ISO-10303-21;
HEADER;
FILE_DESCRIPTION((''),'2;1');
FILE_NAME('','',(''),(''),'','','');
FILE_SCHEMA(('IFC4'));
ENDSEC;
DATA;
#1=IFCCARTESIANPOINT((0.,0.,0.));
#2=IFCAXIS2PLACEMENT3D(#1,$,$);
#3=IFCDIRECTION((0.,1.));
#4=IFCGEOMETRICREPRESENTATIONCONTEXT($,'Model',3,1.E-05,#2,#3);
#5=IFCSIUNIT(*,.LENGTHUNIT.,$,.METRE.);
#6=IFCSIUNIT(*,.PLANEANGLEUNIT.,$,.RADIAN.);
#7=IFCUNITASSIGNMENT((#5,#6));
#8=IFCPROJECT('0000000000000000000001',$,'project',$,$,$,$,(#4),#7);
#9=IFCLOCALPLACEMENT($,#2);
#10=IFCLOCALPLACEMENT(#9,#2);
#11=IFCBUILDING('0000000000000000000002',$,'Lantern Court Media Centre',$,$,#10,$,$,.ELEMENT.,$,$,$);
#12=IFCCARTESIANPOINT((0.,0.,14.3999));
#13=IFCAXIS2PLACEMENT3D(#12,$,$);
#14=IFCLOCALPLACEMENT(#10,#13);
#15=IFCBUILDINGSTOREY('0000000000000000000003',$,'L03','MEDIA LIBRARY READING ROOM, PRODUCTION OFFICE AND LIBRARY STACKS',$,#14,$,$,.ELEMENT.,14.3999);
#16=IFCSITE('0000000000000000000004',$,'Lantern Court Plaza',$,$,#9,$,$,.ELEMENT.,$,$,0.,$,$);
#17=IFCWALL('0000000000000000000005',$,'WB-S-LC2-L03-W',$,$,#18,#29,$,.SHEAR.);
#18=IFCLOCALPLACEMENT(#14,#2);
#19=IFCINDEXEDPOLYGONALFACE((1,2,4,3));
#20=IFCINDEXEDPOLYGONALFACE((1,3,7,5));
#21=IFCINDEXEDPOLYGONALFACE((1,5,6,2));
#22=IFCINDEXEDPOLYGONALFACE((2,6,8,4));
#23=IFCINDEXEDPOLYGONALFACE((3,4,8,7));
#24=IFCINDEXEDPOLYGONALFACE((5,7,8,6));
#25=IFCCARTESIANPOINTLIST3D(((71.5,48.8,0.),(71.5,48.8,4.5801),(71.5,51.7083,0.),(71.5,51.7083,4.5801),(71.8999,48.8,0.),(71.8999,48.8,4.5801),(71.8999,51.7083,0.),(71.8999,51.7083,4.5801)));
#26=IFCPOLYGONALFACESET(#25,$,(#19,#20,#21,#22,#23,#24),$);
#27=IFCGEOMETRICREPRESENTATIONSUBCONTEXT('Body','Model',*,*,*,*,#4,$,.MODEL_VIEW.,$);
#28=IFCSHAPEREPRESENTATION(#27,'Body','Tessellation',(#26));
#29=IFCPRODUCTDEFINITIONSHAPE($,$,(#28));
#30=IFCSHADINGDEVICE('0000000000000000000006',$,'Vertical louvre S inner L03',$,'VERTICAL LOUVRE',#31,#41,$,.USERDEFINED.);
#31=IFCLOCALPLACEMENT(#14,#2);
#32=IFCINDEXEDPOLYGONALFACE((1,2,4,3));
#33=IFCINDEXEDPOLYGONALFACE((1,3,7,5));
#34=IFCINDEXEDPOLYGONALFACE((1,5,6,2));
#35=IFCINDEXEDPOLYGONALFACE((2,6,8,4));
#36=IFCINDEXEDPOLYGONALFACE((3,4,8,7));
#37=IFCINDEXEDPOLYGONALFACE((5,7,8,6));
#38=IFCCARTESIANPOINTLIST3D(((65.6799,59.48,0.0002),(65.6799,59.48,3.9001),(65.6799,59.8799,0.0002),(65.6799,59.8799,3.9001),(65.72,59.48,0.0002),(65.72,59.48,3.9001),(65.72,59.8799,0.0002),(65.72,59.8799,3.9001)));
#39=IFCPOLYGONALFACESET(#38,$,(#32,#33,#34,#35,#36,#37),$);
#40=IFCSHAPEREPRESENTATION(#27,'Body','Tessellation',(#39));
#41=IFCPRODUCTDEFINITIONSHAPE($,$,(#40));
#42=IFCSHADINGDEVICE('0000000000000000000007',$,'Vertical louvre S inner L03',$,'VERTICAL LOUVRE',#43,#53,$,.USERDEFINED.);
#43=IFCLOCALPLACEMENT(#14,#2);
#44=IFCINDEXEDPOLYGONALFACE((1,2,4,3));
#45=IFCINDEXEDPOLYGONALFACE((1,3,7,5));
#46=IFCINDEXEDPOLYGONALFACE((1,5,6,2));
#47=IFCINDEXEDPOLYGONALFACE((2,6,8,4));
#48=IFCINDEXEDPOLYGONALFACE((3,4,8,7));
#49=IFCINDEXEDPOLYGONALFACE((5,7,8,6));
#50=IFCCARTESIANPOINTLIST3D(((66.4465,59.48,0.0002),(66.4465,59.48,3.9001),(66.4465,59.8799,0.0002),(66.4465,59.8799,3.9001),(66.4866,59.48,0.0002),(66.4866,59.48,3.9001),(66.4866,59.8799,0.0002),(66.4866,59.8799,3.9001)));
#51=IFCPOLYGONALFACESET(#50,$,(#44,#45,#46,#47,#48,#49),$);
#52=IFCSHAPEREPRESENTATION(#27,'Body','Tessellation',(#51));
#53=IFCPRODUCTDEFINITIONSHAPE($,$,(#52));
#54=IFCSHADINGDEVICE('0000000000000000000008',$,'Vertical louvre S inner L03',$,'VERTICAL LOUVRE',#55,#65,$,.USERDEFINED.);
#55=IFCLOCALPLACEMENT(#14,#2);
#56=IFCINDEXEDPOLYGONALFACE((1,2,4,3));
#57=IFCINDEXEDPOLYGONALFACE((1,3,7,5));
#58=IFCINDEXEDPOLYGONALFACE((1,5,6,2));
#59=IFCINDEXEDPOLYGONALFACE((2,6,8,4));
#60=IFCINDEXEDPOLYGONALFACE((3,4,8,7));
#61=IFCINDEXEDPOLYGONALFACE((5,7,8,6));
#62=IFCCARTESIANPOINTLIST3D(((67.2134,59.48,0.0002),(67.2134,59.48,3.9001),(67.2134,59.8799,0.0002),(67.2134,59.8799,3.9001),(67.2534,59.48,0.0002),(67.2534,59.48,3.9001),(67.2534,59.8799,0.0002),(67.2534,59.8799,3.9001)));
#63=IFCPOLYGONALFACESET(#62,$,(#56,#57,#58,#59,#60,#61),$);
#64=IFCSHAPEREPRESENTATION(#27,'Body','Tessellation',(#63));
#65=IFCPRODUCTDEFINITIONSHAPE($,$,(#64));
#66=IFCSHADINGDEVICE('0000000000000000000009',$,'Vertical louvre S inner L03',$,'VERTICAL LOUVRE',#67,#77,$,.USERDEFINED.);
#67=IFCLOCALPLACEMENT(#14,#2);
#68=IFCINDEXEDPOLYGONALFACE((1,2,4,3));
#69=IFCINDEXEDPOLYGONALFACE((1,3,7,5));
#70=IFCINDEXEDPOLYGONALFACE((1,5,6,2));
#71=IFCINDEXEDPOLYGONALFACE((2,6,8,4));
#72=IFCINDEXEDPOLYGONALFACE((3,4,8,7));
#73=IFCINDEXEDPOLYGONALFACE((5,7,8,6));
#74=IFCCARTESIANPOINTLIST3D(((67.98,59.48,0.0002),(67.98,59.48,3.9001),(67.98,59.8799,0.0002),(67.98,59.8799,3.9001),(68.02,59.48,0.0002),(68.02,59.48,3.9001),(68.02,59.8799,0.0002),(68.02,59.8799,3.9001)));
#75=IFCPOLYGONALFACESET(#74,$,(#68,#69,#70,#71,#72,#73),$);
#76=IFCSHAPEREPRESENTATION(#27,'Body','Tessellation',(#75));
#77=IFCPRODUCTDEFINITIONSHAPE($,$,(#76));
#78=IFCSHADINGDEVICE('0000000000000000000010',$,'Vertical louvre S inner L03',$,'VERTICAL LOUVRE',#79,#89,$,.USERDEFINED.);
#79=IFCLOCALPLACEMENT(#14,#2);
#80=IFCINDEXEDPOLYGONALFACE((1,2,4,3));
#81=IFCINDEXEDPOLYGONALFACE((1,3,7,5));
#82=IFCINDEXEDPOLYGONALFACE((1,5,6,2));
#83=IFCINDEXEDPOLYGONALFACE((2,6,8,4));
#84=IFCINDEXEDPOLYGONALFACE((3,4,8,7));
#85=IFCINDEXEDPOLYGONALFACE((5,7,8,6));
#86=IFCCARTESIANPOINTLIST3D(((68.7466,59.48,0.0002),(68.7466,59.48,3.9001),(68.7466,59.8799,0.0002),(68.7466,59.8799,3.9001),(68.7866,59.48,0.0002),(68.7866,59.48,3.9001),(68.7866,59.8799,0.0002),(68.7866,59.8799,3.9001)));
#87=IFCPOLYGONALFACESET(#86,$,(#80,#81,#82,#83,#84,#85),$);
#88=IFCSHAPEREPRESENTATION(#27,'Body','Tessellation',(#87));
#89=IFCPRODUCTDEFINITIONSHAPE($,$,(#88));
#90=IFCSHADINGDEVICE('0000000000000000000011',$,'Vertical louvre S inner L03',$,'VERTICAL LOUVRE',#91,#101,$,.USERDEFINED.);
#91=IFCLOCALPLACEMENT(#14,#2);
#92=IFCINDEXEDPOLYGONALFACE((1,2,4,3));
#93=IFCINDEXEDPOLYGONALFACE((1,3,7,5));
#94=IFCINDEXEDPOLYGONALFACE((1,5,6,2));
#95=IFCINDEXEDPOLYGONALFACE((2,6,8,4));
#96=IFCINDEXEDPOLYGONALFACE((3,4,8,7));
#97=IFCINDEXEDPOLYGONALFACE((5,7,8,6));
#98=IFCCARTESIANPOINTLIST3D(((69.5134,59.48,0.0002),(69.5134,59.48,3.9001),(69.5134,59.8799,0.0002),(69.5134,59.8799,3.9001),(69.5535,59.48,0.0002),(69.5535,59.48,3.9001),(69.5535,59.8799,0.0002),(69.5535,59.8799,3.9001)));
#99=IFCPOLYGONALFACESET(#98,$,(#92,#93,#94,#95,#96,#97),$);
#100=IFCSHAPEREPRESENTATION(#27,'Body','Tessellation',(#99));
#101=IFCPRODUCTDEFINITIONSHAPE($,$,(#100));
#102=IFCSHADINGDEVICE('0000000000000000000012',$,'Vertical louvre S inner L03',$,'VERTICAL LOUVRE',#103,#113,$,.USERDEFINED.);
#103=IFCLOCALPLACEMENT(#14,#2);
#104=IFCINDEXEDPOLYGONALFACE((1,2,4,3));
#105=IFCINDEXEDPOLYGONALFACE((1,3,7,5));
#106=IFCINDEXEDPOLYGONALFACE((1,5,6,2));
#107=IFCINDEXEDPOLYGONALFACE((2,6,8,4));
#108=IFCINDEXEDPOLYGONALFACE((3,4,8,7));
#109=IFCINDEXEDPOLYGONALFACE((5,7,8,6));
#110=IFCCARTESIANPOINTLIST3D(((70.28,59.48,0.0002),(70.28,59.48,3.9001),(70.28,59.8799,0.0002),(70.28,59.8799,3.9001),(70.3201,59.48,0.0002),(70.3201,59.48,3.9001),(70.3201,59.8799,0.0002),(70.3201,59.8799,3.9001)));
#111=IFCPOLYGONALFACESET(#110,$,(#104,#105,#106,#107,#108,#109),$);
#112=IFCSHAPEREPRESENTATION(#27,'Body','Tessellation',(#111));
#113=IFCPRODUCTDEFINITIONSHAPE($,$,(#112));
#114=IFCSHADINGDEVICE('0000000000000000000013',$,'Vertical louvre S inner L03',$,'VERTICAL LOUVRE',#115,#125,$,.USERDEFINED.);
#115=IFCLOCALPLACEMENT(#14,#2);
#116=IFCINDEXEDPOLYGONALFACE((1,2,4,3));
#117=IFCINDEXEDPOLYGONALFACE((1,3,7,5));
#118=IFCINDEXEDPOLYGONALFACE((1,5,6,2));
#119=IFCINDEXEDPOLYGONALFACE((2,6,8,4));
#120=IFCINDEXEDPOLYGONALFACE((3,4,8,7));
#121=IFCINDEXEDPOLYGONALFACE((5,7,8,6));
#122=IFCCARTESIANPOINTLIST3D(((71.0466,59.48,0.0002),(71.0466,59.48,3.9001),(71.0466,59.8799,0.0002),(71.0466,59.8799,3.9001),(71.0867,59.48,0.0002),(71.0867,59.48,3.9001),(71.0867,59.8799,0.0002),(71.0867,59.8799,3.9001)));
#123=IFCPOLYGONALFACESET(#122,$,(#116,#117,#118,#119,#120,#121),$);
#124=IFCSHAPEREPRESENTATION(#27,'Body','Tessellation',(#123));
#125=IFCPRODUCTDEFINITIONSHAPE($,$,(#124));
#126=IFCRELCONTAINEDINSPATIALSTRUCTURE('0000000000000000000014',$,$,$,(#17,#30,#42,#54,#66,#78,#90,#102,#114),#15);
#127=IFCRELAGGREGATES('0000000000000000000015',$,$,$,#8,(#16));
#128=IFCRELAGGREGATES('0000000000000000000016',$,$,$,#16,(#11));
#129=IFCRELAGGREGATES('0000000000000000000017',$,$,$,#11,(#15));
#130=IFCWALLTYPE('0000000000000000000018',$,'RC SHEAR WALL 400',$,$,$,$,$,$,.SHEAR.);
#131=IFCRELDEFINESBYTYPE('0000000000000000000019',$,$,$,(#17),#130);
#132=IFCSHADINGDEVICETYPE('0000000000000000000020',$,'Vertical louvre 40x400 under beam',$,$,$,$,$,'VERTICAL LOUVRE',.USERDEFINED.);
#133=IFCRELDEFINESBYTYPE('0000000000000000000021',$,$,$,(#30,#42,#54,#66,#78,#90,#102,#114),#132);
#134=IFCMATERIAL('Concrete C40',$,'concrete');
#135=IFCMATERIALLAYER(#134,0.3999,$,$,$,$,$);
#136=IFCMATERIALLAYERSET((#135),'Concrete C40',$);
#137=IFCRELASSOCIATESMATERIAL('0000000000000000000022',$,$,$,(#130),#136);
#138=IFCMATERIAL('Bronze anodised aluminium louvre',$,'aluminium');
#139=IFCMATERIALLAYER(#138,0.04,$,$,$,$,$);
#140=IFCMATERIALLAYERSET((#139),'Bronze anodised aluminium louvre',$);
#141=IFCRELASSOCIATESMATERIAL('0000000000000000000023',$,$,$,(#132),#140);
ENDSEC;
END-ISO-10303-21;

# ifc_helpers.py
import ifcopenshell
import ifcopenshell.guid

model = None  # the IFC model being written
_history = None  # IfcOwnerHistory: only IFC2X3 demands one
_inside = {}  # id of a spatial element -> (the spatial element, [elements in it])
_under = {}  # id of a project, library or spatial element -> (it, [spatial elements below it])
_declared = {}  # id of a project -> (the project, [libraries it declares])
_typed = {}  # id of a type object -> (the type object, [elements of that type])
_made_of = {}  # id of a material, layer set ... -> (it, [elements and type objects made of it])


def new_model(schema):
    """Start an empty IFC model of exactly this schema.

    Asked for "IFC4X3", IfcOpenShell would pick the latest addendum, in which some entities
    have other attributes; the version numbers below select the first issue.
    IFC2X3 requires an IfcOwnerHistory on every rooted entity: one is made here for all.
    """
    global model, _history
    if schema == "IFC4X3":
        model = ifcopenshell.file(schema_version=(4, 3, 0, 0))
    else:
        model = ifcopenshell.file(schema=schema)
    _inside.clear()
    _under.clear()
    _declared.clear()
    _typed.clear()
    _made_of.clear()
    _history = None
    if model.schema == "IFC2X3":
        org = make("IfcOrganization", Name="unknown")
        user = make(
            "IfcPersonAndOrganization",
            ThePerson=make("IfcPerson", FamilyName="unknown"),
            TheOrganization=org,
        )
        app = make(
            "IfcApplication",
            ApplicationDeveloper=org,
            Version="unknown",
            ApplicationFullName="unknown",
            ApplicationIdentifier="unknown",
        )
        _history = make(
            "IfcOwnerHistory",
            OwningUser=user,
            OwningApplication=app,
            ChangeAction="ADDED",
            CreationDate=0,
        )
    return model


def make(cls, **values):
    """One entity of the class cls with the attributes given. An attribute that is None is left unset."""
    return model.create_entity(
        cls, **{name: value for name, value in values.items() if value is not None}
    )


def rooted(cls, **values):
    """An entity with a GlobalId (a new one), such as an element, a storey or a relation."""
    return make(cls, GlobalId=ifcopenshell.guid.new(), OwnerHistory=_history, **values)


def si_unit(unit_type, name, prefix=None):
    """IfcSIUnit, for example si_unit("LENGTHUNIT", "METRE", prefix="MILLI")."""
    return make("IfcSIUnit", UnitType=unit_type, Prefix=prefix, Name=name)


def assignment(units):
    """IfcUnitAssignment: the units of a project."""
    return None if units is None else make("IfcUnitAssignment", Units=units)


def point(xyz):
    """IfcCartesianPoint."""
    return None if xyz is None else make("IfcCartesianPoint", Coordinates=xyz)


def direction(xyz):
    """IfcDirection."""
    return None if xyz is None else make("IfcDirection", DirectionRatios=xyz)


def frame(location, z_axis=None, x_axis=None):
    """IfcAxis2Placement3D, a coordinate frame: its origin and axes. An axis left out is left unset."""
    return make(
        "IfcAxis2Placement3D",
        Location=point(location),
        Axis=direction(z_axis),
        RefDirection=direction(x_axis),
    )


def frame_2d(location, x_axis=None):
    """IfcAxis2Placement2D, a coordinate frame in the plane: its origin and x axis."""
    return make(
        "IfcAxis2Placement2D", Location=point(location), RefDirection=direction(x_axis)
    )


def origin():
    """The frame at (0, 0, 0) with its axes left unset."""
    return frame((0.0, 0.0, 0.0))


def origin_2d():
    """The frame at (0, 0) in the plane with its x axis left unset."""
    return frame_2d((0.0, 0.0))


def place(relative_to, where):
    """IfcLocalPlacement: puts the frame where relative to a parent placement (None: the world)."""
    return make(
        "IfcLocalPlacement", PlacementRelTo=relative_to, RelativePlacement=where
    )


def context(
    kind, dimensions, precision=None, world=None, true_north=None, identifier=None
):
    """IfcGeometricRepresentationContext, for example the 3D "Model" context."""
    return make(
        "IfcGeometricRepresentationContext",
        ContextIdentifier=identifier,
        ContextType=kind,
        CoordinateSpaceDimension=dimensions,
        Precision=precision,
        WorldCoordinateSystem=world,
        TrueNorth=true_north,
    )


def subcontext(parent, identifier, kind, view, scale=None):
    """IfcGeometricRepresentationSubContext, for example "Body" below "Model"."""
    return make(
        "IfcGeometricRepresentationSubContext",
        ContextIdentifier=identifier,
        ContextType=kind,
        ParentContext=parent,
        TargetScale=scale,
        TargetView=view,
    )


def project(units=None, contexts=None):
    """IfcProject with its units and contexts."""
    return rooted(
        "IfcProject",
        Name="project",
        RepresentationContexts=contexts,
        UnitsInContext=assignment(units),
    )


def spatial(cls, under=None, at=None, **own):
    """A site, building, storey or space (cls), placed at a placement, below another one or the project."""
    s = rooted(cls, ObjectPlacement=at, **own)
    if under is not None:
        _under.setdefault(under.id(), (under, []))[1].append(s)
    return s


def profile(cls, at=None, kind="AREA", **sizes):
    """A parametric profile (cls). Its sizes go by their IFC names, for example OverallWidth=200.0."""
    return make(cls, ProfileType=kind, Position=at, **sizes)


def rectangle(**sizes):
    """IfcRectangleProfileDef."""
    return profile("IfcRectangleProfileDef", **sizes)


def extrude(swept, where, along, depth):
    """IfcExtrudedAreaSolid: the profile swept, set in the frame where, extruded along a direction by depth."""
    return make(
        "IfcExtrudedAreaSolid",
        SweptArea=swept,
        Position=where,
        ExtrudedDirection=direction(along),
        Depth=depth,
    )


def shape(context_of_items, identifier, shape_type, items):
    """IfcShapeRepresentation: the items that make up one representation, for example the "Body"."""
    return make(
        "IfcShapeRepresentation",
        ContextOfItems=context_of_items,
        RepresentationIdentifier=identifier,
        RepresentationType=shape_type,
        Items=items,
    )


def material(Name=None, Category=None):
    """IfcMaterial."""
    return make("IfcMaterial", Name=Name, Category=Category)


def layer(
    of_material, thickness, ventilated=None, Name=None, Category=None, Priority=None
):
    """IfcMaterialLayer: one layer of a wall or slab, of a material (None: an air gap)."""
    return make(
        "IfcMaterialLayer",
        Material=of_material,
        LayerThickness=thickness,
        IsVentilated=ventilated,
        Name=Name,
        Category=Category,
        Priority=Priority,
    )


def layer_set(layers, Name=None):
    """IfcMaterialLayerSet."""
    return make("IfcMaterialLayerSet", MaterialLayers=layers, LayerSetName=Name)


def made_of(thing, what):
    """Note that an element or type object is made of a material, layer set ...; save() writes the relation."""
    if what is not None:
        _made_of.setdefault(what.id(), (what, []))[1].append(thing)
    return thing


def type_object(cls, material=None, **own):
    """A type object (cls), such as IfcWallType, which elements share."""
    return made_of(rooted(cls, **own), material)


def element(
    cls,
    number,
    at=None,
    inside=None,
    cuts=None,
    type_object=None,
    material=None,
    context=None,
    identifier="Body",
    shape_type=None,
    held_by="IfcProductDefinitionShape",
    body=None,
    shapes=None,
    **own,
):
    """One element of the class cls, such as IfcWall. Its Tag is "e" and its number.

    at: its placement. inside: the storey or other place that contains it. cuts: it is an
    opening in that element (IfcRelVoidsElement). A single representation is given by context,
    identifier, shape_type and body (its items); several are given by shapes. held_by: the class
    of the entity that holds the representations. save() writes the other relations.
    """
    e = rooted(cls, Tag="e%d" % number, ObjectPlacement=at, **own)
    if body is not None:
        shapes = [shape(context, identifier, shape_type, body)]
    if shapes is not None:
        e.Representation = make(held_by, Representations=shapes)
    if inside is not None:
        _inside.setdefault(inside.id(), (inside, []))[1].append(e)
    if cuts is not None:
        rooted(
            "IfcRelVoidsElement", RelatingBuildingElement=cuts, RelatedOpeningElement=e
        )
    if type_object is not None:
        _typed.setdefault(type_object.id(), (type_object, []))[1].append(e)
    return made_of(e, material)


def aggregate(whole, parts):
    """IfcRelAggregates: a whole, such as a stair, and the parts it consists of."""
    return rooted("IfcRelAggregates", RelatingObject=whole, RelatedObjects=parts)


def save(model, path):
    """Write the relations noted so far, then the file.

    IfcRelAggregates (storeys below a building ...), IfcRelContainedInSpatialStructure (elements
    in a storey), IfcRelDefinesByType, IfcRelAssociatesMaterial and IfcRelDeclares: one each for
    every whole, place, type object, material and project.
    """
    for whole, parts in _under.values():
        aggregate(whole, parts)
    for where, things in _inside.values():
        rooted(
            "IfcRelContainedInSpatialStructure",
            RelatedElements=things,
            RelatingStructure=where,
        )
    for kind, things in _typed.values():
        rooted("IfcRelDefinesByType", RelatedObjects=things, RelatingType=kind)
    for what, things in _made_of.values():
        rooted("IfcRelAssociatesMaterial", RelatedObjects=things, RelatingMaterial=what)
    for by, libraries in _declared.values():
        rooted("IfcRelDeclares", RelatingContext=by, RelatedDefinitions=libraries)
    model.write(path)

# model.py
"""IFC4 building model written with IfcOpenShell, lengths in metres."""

from ifc_helpers import new_model, si_unit, direction, frame, frame_2d, origin, origin_2d, place, context, subcontext, project, spatial, rectangle, extrude, material, layer, layer_set, type_object, element, save


model = new_model("IFC4")

# Units and contexts
model_context = context("Model", 3, precision=1e-05, world=origin(), true_north=direction((0.0, 1.0)))
body_context = subcontext(model_context, "Body", "Model", "MODEL_VIEW")
ifc_project = project(units=[si_unit("LENGTHUNIT", "METRE"), si_unit("PLANEANGLEUNIT", "RADIAN")], contexts=[model_context])

# Site, building, storey
site_placement = place(None, origin())
site = spatial("IfcSite", under=ifc_project, at=site_placement, Name="Lantern Court Plaza", CompositionType="ELEMENT", RefElevation=0.0)
building_placement = place(site_placement, origin())
building = spatial("IfcBuilding", under=site, at=building_placement, Name="Lantern Court Media Centre", CompositionType="ELEMENT")
storey_placement = place(building_placement, frame((0.0, 0.0, 14.3999)))
storey = spatial("IfcBuildingStorey", under=building, at=storey_placement, Name="L03", Description="MEDIA LIBRARY READING ROOM, PRODUCTION OFFICE AND LIBRARY STACKS", CompositionType="ELEMENT", Elevation=14.3999)

# Shared definitions
ifc_material_1 = material(Name="Concrete C40", Category="concrete")
ifc_layer_1 = layer(ifc_material_1, 0.3999)
ifc_layer_set_1 = layer_set([ifc_layer_1], Name="Concrete C40")
wall_type_1 = type_object("IfcWallType", Name="RC SHEAR WALL 400", PredefinedType="SHEAR", material=ifc_layer_set_1)

# Wall
wall_1_placement = place(storey_placement, frame((71.7, 48.8, 0.0), z_axis=(0.0, 0.0, 1.0), x_axis=(0.0, 1.0, 0.0)))
element("IfcWall", 1, at=wall_1_placement, inside=storey, type_object=wall_type_1, Name="WB-S-LC2-L03-W", PredefinedType="SHEAR", context=body_context, shape_type="SweptSolid", body=[
    extrude(rectangle(XDim=2.9082, YDim=0.3999, at=frame_2d((1.4541, 0.0))), origin(), (0.0, 0.0, 1.0), 4.5801),
])

# Shading devices
ifc_material_2 = material(Name="Bronze anodised aluminium louvre", Category="aluminium")
ifc_layer_2 = layer(ifc_material_2, 0.04)
ifc_layer_set_2 = layer_set([ifc_layer_2], Name="Bronze anodised aluminium louvre")
shading_device_type = type_object("IfcShadingDeviceType", Name="Vertical louvre 40x400 under beam", ElementType="VERTICAL LOUVRE", PredefinedType="USERDEFINED", material=ifc_layer_set_2)
for number, where, z_axis, x_axis, name in (
    (2, (65.7, 59.6799, 0.0002), (0.0, 0.0, 1.0), (1.0, 0.0, 0.0), "Vertical louvre S inner L03"),
    (3, (66.4666, 59.6799, 0.0002), (0.0, 0.0, 1.0), (1.0, 0.0, 0.0), "Vertical louvre S inner L03"),
    (4, (67.2334, 59.6799, 0.0002), (0.0, 0.0, 1.0), (1.0, 0.0, 0.0), "Vertical louvre S inner L03"),
    (5, (68.0, 59.6799, 0.0002), (0.0, 0.0, 1.0), (1.0, 0.0, 0.0), "Vertical louvre S inner L03"),
    (6, (68.7666, 59.6799, 0.0002), (0.0, 0.0, 1.0), (1.0, 0.0, 0.0), "Vertical louvre S inner L03"),
    (7, (69.5334, 59.6799, 0.0002), (0.0, 0.0, 1.0), (1.0, 0.0, 0.0), "Vertical louvre S inner L03"),
    (8, (70.3, 59.6799, 0.0002), (0.0, 0.0, 1.0), (1.0, 0.0, 0.0), "Vertical louvre S inner L03"),
    (9, (71.0667, 59.6799, 0.0002), (0.0, 0.0, 1.0), (1.0, 0.0, 0.0), "Vertical louvre S inner L03"),
):
    element("IfcShadingDevice", number, at=place(storey_placement, frame(where, z_axis=z_axis, x_axis=x_axis)), inside=storey, type_object=shading_device_type, Name=name, ObjectType="VERTICAL LOUVRE", PredefinedType="USERDEFINED", context=body_context, shape_type="SweptSolid", body=[
        extrude(rectangle(XDim=0.04, YDim=0.3999, at=origin_2d()), origin(), (0.0, 0.0, 1.0), 3.8999),
    ])

save(model, "model.ifc")
